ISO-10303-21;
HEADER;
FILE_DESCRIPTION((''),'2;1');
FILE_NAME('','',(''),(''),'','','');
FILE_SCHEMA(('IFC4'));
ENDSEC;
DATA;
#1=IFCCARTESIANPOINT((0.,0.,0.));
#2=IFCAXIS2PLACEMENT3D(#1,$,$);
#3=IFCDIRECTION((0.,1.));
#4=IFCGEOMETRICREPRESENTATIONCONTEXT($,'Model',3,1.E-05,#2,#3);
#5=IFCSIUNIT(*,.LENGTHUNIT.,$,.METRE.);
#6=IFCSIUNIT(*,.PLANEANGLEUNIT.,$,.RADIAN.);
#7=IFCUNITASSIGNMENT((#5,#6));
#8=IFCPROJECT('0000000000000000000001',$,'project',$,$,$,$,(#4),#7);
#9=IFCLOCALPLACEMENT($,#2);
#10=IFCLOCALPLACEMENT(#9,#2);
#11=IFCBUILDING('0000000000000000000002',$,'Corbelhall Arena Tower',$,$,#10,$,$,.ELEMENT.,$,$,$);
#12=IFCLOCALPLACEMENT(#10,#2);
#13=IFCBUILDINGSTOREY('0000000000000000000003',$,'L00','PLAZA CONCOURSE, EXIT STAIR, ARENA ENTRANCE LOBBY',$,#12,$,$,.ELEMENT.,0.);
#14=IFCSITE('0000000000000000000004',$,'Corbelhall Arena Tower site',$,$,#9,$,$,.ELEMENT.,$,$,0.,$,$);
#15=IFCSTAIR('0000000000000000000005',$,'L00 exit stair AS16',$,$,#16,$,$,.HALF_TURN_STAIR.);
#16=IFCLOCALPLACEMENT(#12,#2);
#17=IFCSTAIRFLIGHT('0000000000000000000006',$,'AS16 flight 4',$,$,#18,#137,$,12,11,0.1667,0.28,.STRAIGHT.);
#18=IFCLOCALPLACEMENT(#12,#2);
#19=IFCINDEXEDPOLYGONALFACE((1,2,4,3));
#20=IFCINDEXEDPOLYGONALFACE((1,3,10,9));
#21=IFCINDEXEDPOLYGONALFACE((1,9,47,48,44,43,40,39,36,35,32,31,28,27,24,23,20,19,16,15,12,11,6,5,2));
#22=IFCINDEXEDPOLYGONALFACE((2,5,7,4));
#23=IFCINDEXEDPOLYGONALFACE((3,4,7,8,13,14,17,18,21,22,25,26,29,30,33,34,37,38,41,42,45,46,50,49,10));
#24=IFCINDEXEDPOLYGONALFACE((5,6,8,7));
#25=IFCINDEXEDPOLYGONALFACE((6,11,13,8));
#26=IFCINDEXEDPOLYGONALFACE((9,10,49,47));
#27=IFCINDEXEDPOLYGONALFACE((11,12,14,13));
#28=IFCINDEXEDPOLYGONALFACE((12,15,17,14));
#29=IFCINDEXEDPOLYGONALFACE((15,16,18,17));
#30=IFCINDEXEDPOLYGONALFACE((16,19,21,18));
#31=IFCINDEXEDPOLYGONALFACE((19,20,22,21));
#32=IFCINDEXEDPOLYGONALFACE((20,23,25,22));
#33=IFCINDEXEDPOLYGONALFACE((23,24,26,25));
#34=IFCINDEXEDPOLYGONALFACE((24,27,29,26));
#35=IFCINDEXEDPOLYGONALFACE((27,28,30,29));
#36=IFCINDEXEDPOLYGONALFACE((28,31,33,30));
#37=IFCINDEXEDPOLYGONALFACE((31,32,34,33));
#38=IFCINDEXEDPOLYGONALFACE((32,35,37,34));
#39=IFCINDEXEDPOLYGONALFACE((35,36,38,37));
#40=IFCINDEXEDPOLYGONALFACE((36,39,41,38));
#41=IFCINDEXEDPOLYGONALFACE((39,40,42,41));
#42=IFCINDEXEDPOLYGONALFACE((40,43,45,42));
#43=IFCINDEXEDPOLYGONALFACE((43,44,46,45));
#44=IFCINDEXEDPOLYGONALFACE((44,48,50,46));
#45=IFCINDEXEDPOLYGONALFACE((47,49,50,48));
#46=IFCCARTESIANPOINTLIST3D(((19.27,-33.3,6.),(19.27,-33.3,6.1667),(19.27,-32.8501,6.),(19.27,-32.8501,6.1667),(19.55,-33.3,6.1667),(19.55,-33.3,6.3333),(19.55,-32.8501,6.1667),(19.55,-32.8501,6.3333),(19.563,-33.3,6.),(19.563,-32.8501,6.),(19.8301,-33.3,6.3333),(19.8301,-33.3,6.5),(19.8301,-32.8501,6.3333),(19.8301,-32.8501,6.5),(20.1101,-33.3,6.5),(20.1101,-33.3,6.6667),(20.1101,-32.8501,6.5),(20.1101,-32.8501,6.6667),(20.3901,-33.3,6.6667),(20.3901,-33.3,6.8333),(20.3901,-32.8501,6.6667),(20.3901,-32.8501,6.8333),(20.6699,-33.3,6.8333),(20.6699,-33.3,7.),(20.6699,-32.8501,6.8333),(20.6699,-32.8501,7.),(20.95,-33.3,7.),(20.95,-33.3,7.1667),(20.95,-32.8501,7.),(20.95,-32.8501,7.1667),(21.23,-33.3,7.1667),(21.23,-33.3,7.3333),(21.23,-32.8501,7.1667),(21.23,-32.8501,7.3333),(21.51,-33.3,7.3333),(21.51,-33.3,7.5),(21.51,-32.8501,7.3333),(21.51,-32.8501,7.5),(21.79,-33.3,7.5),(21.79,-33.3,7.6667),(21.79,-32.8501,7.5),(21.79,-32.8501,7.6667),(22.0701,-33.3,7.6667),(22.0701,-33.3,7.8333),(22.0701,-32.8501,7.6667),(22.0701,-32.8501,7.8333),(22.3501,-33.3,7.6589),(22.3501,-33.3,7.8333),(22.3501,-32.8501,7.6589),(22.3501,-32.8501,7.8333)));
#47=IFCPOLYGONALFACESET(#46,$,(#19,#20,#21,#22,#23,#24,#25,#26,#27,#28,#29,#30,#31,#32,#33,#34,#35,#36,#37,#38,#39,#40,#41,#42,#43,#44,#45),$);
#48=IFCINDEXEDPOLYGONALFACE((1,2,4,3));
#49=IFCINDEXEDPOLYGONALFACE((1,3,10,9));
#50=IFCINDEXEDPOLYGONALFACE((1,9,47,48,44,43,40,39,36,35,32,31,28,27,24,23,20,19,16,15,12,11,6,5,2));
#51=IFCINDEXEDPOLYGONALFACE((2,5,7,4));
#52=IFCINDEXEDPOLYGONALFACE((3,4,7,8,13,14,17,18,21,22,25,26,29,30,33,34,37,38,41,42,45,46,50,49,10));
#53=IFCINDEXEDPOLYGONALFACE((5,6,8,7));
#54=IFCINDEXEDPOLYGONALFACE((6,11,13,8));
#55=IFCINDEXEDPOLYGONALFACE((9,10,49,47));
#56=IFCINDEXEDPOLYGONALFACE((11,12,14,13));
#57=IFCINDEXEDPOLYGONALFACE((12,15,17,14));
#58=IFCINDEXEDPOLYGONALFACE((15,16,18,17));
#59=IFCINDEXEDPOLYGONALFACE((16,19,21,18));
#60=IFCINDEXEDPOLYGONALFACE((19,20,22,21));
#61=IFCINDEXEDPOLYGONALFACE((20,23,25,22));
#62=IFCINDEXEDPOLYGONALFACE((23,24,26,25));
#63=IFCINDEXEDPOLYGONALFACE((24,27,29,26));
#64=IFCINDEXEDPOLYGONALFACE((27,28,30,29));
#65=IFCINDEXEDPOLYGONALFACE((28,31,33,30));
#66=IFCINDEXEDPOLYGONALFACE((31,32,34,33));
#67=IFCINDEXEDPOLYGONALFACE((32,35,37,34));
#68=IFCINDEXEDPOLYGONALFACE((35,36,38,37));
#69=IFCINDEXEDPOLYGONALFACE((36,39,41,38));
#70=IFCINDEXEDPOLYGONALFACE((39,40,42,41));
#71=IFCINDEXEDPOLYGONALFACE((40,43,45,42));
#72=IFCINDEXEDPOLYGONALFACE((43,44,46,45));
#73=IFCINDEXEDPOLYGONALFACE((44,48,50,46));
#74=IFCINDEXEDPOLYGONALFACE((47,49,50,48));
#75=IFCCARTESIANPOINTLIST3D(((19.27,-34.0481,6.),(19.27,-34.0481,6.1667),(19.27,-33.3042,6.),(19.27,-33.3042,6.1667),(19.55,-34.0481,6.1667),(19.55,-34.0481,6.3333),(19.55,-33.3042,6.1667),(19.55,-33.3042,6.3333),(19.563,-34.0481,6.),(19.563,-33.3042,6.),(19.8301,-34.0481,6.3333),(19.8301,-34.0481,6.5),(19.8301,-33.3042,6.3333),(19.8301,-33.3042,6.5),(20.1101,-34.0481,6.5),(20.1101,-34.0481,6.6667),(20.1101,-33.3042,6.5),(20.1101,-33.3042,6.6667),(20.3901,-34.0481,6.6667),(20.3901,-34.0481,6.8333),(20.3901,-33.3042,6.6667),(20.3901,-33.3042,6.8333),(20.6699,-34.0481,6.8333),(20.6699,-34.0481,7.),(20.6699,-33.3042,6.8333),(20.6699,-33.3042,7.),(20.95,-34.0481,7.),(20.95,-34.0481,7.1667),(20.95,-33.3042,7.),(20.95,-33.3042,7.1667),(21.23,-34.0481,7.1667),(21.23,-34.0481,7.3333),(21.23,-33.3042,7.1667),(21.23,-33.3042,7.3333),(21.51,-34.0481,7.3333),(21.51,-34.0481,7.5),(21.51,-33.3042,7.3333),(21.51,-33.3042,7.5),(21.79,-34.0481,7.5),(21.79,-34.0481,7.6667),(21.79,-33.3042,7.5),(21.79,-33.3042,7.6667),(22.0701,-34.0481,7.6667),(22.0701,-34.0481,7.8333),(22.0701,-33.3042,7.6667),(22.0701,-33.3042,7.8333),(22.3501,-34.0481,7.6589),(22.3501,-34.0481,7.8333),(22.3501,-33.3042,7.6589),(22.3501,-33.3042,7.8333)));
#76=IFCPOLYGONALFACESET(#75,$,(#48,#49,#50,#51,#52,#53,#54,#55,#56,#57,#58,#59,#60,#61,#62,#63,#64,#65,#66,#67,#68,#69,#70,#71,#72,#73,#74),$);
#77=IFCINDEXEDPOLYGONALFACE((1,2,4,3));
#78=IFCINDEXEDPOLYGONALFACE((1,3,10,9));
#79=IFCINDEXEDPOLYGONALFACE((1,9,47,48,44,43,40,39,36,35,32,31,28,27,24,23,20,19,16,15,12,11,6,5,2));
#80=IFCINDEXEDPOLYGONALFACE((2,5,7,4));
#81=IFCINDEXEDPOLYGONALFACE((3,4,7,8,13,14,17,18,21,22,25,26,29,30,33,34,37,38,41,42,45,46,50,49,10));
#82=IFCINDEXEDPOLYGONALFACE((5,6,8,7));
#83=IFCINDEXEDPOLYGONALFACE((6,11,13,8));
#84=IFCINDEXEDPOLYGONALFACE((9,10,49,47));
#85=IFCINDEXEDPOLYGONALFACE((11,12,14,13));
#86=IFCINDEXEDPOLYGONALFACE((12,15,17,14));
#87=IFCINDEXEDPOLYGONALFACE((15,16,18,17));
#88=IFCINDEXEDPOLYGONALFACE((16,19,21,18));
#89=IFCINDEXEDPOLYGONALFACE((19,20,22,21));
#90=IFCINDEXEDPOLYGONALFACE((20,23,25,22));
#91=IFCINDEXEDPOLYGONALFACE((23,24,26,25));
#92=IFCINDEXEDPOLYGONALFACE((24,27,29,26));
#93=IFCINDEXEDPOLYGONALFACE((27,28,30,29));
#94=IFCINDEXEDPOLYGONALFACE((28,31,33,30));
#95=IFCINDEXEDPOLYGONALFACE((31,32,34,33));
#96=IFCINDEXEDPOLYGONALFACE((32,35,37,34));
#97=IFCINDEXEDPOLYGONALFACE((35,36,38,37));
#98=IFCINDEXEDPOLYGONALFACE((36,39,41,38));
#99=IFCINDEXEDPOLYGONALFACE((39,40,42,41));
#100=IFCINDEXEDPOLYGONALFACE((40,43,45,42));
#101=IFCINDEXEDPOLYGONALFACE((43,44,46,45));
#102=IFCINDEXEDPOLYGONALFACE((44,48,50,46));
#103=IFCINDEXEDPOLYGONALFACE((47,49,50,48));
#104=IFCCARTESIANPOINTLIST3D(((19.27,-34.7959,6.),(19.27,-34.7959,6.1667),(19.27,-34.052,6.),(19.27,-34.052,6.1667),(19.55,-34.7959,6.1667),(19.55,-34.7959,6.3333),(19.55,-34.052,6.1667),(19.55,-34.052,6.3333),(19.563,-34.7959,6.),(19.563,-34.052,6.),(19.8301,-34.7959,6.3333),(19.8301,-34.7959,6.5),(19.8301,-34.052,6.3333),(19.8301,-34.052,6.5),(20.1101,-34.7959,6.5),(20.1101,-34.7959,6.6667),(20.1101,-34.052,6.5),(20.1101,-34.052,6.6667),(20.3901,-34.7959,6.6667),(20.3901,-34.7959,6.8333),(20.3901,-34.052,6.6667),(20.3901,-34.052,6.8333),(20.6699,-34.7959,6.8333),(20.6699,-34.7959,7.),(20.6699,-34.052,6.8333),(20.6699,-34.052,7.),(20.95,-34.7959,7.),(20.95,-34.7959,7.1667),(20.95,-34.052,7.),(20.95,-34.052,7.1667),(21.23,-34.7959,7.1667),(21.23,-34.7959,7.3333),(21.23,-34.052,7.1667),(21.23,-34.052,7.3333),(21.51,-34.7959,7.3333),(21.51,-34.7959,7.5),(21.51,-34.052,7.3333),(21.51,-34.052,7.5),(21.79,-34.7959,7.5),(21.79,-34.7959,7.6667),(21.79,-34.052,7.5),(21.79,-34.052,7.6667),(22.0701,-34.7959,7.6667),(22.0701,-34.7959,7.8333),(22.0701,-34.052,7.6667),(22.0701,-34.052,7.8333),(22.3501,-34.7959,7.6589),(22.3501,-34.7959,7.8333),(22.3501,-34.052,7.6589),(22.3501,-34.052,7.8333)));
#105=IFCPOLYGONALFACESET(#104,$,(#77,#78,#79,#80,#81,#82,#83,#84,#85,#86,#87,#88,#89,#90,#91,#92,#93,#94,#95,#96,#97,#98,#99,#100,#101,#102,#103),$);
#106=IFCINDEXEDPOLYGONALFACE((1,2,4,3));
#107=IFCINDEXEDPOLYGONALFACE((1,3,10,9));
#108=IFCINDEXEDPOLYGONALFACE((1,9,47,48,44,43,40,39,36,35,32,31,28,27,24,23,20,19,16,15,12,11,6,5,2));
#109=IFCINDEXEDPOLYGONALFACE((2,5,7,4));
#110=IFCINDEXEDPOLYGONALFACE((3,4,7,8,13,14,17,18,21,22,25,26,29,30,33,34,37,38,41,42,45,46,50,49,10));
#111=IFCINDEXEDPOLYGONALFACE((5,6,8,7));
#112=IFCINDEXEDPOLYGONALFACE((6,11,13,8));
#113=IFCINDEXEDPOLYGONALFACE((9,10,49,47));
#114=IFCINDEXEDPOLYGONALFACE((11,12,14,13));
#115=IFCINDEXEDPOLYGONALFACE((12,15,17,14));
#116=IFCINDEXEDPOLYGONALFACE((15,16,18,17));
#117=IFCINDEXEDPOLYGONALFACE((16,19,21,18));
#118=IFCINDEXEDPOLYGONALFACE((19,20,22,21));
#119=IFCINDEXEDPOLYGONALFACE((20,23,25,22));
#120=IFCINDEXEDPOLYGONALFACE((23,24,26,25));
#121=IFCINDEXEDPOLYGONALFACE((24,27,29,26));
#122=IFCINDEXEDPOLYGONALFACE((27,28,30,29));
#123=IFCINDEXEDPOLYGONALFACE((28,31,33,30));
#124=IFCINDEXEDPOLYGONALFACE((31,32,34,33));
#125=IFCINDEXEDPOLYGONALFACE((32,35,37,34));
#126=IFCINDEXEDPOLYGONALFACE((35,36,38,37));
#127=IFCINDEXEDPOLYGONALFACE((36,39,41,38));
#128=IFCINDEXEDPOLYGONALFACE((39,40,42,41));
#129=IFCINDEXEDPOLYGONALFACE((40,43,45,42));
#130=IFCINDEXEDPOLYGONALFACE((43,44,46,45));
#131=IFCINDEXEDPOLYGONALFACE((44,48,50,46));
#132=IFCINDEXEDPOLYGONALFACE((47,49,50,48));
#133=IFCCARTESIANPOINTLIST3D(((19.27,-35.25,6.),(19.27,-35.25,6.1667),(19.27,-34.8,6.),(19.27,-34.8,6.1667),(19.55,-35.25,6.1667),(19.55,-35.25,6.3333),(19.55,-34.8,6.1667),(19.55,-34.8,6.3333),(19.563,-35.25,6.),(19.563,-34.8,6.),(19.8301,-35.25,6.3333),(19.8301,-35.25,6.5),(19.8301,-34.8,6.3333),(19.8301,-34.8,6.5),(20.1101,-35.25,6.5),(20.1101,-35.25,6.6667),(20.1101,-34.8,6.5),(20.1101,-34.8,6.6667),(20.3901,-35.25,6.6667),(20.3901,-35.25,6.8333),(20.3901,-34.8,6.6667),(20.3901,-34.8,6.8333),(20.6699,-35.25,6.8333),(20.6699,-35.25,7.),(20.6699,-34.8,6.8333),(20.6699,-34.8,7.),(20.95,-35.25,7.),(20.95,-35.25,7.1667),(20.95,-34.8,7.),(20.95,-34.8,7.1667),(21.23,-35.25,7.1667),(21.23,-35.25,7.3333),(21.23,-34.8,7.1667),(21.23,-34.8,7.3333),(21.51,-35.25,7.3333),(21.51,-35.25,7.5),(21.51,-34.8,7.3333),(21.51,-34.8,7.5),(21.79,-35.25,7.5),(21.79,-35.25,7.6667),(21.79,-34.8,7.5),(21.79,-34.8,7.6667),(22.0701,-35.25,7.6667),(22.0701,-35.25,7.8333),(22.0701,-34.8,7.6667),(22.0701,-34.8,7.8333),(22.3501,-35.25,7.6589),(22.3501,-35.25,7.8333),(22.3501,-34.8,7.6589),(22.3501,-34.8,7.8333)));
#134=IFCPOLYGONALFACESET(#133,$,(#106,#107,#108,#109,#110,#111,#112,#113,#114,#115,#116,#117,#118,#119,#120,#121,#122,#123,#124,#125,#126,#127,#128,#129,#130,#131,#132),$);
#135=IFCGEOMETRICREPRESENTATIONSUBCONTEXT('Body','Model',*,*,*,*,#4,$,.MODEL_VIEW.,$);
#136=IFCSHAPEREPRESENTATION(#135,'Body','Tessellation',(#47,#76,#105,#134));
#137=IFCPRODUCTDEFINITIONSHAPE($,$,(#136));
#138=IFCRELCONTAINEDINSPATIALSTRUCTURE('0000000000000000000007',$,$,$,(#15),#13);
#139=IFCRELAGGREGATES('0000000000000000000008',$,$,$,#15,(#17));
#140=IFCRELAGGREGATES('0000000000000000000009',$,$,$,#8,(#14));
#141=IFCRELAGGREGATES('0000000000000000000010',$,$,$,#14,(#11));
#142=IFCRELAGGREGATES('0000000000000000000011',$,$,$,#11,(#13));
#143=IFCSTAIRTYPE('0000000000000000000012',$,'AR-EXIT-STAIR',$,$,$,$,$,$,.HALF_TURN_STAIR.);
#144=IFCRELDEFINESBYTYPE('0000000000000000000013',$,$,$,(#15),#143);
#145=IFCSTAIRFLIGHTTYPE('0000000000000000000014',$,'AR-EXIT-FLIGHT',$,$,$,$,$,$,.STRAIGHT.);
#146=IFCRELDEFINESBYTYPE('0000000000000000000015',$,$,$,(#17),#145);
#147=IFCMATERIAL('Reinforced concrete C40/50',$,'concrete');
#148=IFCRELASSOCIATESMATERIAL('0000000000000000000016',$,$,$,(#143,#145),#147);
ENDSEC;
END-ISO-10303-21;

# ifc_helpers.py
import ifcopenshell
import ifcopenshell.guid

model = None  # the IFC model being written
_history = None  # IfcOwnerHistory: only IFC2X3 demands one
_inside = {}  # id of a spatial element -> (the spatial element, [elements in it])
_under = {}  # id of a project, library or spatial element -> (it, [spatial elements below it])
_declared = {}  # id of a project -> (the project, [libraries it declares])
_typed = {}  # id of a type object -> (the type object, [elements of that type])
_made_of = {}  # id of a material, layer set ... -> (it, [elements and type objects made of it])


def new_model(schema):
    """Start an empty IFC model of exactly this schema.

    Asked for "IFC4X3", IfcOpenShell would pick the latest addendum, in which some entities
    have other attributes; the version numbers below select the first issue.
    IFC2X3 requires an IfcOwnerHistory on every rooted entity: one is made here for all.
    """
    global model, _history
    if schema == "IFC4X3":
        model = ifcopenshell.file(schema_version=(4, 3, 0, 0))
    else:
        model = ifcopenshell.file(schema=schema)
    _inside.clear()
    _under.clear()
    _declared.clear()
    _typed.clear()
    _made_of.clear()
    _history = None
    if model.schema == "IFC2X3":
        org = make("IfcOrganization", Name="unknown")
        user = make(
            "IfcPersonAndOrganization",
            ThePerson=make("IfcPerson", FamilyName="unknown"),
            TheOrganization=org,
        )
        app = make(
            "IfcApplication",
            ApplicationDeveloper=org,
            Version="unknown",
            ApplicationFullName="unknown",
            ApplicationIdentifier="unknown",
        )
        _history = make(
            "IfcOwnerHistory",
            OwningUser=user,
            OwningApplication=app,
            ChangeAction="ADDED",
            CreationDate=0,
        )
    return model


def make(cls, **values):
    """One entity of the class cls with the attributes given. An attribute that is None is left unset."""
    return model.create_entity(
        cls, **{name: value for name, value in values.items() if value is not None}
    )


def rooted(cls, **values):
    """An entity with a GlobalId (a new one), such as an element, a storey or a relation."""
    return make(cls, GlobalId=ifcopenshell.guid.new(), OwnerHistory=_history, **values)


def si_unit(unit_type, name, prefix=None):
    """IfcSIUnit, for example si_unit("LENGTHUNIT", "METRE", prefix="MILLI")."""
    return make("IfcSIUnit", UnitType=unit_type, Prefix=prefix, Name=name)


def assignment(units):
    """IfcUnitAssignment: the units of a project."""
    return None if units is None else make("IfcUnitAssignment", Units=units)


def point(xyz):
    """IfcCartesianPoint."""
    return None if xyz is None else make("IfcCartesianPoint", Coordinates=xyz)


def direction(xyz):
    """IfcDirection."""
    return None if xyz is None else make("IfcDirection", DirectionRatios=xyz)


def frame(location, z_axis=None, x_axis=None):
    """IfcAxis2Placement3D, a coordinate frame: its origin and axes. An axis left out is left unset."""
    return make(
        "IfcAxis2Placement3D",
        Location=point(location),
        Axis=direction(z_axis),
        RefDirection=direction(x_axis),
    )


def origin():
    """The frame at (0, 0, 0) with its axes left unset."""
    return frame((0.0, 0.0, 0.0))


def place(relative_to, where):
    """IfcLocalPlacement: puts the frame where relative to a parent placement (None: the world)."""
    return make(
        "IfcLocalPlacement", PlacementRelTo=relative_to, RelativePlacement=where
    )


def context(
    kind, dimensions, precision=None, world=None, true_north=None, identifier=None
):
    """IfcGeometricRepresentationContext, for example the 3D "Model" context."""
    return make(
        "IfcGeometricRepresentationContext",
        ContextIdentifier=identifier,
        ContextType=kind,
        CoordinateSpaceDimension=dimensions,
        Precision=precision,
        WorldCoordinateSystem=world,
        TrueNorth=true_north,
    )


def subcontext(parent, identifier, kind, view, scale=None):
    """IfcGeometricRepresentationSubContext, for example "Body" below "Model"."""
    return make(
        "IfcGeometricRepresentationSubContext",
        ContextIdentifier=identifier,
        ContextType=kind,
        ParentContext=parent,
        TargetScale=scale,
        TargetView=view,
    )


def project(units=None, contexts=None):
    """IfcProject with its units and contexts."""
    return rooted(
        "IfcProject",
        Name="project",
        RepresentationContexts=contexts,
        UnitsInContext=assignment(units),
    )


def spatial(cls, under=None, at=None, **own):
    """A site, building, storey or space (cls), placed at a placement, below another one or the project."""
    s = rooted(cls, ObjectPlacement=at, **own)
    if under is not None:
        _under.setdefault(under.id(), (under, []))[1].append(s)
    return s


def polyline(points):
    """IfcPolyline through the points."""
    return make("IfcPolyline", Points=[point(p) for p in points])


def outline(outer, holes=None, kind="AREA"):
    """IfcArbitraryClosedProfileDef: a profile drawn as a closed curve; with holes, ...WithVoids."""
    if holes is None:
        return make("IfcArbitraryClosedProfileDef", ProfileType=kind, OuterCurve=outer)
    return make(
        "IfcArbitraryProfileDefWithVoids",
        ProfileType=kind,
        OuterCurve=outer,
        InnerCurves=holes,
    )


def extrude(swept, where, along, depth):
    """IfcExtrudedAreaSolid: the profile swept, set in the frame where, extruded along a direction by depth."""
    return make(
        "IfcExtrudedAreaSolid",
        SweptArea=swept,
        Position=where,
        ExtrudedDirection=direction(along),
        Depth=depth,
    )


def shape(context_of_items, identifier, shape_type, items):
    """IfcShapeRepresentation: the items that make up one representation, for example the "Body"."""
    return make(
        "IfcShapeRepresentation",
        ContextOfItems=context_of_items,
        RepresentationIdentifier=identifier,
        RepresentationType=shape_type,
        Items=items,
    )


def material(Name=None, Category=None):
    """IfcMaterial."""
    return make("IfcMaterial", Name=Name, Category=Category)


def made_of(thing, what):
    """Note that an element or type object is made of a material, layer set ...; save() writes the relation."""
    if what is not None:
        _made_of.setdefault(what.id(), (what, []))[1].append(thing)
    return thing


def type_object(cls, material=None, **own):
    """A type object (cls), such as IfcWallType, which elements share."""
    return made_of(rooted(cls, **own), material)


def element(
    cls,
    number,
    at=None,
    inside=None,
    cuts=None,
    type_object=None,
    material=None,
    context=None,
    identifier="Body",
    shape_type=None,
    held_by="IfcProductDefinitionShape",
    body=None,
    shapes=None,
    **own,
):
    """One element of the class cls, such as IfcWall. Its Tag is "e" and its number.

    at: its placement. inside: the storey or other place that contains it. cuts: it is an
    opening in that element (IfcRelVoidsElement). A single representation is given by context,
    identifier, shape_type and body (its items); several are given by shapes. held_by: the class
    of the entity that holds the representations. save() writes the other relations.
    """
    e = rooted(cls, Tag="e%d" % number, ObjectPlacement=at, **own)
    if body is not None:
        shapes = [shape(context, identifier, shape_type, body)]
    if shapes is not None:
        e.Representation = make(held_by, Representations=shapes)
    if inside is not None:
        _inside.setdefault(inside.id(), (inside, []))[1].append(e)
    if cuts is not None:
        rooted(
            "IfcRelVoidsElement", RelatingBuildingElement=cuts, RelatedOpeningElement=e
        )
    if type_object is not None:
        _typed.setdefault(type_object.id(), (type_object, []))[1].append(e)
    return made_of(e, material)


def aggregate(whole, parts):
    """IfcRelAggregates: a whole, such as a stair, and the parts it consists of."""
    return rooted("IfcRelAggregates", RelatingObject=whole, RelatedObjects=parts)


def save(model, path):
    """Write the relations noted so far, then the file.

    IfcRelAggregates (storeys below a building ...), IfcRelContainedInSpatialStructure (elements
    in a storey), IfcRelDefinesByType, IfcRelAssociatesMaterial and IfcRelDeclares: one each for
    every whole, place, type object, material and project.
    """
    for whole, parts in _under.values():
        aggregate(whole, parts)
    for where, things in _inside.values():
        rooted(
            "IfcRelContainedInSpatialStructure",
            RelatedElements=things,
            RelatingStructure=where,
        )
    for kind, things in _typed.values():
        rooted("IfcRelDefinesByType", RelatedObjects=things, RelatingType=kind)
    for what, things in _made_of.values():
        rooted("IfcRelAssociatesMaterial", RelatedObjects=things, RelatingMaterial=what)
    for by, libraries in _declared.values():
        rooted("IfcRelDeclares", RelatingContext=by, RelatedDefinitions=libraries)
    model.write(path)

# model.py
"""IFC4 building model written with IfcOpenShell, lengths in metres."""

from ifc_helpers import new_model, si_unit, direction, frame, origin, place, context, subcontext, project, spatial, polyline, outline, extrude, material, type_object, element, aggregate, save


model = new_model("IFC4")

# Units and contexts
model_context = context("Model", 3, precision=1e-05, world=origin(), true_north=direction((0.0, 1.0)))
body_context = subcontext(model_context, "Body", "Model", "MODEL_VIEW")
ifc_project = project(units=[si_unit("LENGTHUNIT", "METRE"), si_unit("PLANEANGLEUNIT", "RADIAN")], contexts=[model_context])

# Site, building, storey
site_placement = place(None, origin())
site = spatial("IfcSite", under=ifc_project, at=site_placement, Name="Corbelhall Arena Tower site", CompositionType="ELEMENT", RefElevation=0.0)
building_placement = place(site_placement, origin())
building = spatial("IfcBuilding", under=site, at=building_placement, Name="Corbelhall Arena Tower", CompositionType="ELEMENT")
storey_placement = place(building_placement, origin())
storey = spatial("IfcBuildingStorey", under=building, at=storey_placement, Name="L00", Description="PLAZA CONCOURSE, EXIT STAIR, ARENA ENTRANCE LOBBY", CompositionType="ELEMENT", Elevation=0.0)

# Shared definitions
ifc_material_1 = material(Name="Reinforced concrete C40/50", Category="concrete")

# Stair, stair flight
stair_type = type_object("IfcStairType", Name="AR-EXIT-STAIR", PredefinedType="HALF_TURN_STAIR", material=ifc_material_1)
stair_placement = place(storey_placement, origin())
stair = element("IfcStair", 1, at=stair_placement, inside=storey, type_object=stair_type, Name="L00 exit stair AS16", PredefinedType="HALF_TURN_STAIR")
stair_flight_type = type_object("IfcStairFlightType", Name="AR-EXIT-FLIGHT", PredefinedType="STRAIGHT", material=ifc_material_1)
stair_flight_1_placement = place(storey_placement, frame((19.27, -34.05, 6.0), z_axis=(0.0, 0.0, 1.0), x_axis=(1.0, 0.0, 0.0)))
stair_flight_1 = element("IfcStairFlight", 2, at=stair_flight_1_placement, type_object=stair_flight_type, Name="AS16 flight 4", NumberOfRisers=12, NumberOfTreads=11, PredefinedType="STRAIGHT", RiserHeight=0.1667, TreadLength=0.28, context=body_context, shape_type="SweptSolid", body=[
    extrude(outline(polyline([(0.0, 0.0), (0.0, 0.1667), (0.28, 0.1667), (0.28, 0.3333), (0.5601, 0.3333), (0.5601, 0.5), (0.8401, 0.5), (0.8401, 0.6667), (1.1201, 0.6667), (1.1201, 0.8333), (1.3999, 0.8333), (1.3999, 1.0), (1.6799, 1.0), (1.6799, 1.1667), (1.96, 1.1667), (1.96, 1.3333), (2.24, 1.3333), (2.24, 1.5), (2.52, 1.5), (2.52, 1.6667), (2.8, 1.6667), (2.8, 1.8333), (3.0801, 1.8333), (3.0801, 2.0), (3.0801, 1.6589), (0.293, 0.0), (0.0, 0.0)])), frame((0.0, 1.2, 0.0), z_axis=(0.0, -1.0, 0.0), x_axis=(1.0, 0.0, 0.0)), (0.0, 0.0, 1.0), 0.45),
    extrude(outline(polyline([(0.0, 0.0), (0.0, 0.1667), (0.28, 0.1667), (0.28, 0.3333), (0.5601, 0.3333), (0.5601, 0.5), (0.8401, 0.5), (0.8401, 0.6667), (1.1201, 0.6667), (1.1201, 0.8333), (1.3999, 0.8333), (1.3999, 1.0), (1.6799, 1.0), (1.6799, 1.1667), (1.96, 1.1667), (1.96, 1.3333), (2.24, 1.3333), (2.24, 1.5), (2.52, 1.5), (2.52, 1.6667), (2.8, 1.6667), (2.8, 1.8333), (3.0801, 1.8333), (3.0801, 2.0), (3.0801, 1.6589), (0.293, 0.0), (0.0, 0.0)])), frame((0.0, 0.7458, 0.0), z_axis=(0.0, -1.0, 0.0), x_axis=(1.0, 0.0, 0.0)), (0.0, 0.0, 1.0), 0.7439),
    extrude(outline(polyline([(0.0, 0.0), (0.0, 0.1667), (0.28, 0.1667), (0.28, 0.3333), (0.5601, 0.3333), (0.5601, 0.5), (0.8401, 0.5), (0.8401, 0.6667), (1.1201, 0.6667), (1.1201, 0.8333), (1.3999, 0.8333), (1.3999, 1.0), (1.6799, 1.0), (1.6799, 1.1667), (1.96, 1.1667), (1.96, 1.3333), (2.24, 1.3333), (2.24, 1.5), (2.52, 1.5), (2.52, 1.6667), (2.8, 1.6667), (2.8, 1.8333), (3.0801, 1.8333), (3.0801, 2.0), (3.0801, 1.6589), (0.293, 0.0), (0.0, 0.0)])), frame((0.0, -0.002, 0.0), z_axis=(0.0, -1.0, 0.0), x_axis=(1.0, 0.0, 0.0)), (0.0, 0.0, 1.0), 0.7439),
    extrude(outline(polyline([(0.0, 0.0), (0.0, 0.1667), (0.28, 0.1667), (0.28, 0.3333), (0.5601, 0.3333), (0.5601, 0.5), (0.8401, 0.5), (0.8401, 0.6667), (1.1201, 0.6667), (1.1201, 0.8333), (1.3999, 0.8333), (1.3999, 1.0), (1.6799, 1.0), (1.6799, 1.1667), (1.96, 1.1667), (1.96, 1.3333), (2.24, 1.3333), (2.24, 1.5), (2.52, 1.5), (2.52, 1.6667), (2.8, 1.6667), (2.8, 1.8333), (3.0801, 1.8333), (3.0801, 2.0), (3.0801, 1.6589), (0.293, 0.0), (0.0, 0.0)])), frame((0.0, -0.75, 0.0), z_axis=(0.0, -1.0, 0.0), x_axis=(1.0, 0.0, 0.0)), (0.0, 0.0, 1.0), 0.45),
])
aggregate(stair, [stair_flight_1])

save(model, "model.ifc")
